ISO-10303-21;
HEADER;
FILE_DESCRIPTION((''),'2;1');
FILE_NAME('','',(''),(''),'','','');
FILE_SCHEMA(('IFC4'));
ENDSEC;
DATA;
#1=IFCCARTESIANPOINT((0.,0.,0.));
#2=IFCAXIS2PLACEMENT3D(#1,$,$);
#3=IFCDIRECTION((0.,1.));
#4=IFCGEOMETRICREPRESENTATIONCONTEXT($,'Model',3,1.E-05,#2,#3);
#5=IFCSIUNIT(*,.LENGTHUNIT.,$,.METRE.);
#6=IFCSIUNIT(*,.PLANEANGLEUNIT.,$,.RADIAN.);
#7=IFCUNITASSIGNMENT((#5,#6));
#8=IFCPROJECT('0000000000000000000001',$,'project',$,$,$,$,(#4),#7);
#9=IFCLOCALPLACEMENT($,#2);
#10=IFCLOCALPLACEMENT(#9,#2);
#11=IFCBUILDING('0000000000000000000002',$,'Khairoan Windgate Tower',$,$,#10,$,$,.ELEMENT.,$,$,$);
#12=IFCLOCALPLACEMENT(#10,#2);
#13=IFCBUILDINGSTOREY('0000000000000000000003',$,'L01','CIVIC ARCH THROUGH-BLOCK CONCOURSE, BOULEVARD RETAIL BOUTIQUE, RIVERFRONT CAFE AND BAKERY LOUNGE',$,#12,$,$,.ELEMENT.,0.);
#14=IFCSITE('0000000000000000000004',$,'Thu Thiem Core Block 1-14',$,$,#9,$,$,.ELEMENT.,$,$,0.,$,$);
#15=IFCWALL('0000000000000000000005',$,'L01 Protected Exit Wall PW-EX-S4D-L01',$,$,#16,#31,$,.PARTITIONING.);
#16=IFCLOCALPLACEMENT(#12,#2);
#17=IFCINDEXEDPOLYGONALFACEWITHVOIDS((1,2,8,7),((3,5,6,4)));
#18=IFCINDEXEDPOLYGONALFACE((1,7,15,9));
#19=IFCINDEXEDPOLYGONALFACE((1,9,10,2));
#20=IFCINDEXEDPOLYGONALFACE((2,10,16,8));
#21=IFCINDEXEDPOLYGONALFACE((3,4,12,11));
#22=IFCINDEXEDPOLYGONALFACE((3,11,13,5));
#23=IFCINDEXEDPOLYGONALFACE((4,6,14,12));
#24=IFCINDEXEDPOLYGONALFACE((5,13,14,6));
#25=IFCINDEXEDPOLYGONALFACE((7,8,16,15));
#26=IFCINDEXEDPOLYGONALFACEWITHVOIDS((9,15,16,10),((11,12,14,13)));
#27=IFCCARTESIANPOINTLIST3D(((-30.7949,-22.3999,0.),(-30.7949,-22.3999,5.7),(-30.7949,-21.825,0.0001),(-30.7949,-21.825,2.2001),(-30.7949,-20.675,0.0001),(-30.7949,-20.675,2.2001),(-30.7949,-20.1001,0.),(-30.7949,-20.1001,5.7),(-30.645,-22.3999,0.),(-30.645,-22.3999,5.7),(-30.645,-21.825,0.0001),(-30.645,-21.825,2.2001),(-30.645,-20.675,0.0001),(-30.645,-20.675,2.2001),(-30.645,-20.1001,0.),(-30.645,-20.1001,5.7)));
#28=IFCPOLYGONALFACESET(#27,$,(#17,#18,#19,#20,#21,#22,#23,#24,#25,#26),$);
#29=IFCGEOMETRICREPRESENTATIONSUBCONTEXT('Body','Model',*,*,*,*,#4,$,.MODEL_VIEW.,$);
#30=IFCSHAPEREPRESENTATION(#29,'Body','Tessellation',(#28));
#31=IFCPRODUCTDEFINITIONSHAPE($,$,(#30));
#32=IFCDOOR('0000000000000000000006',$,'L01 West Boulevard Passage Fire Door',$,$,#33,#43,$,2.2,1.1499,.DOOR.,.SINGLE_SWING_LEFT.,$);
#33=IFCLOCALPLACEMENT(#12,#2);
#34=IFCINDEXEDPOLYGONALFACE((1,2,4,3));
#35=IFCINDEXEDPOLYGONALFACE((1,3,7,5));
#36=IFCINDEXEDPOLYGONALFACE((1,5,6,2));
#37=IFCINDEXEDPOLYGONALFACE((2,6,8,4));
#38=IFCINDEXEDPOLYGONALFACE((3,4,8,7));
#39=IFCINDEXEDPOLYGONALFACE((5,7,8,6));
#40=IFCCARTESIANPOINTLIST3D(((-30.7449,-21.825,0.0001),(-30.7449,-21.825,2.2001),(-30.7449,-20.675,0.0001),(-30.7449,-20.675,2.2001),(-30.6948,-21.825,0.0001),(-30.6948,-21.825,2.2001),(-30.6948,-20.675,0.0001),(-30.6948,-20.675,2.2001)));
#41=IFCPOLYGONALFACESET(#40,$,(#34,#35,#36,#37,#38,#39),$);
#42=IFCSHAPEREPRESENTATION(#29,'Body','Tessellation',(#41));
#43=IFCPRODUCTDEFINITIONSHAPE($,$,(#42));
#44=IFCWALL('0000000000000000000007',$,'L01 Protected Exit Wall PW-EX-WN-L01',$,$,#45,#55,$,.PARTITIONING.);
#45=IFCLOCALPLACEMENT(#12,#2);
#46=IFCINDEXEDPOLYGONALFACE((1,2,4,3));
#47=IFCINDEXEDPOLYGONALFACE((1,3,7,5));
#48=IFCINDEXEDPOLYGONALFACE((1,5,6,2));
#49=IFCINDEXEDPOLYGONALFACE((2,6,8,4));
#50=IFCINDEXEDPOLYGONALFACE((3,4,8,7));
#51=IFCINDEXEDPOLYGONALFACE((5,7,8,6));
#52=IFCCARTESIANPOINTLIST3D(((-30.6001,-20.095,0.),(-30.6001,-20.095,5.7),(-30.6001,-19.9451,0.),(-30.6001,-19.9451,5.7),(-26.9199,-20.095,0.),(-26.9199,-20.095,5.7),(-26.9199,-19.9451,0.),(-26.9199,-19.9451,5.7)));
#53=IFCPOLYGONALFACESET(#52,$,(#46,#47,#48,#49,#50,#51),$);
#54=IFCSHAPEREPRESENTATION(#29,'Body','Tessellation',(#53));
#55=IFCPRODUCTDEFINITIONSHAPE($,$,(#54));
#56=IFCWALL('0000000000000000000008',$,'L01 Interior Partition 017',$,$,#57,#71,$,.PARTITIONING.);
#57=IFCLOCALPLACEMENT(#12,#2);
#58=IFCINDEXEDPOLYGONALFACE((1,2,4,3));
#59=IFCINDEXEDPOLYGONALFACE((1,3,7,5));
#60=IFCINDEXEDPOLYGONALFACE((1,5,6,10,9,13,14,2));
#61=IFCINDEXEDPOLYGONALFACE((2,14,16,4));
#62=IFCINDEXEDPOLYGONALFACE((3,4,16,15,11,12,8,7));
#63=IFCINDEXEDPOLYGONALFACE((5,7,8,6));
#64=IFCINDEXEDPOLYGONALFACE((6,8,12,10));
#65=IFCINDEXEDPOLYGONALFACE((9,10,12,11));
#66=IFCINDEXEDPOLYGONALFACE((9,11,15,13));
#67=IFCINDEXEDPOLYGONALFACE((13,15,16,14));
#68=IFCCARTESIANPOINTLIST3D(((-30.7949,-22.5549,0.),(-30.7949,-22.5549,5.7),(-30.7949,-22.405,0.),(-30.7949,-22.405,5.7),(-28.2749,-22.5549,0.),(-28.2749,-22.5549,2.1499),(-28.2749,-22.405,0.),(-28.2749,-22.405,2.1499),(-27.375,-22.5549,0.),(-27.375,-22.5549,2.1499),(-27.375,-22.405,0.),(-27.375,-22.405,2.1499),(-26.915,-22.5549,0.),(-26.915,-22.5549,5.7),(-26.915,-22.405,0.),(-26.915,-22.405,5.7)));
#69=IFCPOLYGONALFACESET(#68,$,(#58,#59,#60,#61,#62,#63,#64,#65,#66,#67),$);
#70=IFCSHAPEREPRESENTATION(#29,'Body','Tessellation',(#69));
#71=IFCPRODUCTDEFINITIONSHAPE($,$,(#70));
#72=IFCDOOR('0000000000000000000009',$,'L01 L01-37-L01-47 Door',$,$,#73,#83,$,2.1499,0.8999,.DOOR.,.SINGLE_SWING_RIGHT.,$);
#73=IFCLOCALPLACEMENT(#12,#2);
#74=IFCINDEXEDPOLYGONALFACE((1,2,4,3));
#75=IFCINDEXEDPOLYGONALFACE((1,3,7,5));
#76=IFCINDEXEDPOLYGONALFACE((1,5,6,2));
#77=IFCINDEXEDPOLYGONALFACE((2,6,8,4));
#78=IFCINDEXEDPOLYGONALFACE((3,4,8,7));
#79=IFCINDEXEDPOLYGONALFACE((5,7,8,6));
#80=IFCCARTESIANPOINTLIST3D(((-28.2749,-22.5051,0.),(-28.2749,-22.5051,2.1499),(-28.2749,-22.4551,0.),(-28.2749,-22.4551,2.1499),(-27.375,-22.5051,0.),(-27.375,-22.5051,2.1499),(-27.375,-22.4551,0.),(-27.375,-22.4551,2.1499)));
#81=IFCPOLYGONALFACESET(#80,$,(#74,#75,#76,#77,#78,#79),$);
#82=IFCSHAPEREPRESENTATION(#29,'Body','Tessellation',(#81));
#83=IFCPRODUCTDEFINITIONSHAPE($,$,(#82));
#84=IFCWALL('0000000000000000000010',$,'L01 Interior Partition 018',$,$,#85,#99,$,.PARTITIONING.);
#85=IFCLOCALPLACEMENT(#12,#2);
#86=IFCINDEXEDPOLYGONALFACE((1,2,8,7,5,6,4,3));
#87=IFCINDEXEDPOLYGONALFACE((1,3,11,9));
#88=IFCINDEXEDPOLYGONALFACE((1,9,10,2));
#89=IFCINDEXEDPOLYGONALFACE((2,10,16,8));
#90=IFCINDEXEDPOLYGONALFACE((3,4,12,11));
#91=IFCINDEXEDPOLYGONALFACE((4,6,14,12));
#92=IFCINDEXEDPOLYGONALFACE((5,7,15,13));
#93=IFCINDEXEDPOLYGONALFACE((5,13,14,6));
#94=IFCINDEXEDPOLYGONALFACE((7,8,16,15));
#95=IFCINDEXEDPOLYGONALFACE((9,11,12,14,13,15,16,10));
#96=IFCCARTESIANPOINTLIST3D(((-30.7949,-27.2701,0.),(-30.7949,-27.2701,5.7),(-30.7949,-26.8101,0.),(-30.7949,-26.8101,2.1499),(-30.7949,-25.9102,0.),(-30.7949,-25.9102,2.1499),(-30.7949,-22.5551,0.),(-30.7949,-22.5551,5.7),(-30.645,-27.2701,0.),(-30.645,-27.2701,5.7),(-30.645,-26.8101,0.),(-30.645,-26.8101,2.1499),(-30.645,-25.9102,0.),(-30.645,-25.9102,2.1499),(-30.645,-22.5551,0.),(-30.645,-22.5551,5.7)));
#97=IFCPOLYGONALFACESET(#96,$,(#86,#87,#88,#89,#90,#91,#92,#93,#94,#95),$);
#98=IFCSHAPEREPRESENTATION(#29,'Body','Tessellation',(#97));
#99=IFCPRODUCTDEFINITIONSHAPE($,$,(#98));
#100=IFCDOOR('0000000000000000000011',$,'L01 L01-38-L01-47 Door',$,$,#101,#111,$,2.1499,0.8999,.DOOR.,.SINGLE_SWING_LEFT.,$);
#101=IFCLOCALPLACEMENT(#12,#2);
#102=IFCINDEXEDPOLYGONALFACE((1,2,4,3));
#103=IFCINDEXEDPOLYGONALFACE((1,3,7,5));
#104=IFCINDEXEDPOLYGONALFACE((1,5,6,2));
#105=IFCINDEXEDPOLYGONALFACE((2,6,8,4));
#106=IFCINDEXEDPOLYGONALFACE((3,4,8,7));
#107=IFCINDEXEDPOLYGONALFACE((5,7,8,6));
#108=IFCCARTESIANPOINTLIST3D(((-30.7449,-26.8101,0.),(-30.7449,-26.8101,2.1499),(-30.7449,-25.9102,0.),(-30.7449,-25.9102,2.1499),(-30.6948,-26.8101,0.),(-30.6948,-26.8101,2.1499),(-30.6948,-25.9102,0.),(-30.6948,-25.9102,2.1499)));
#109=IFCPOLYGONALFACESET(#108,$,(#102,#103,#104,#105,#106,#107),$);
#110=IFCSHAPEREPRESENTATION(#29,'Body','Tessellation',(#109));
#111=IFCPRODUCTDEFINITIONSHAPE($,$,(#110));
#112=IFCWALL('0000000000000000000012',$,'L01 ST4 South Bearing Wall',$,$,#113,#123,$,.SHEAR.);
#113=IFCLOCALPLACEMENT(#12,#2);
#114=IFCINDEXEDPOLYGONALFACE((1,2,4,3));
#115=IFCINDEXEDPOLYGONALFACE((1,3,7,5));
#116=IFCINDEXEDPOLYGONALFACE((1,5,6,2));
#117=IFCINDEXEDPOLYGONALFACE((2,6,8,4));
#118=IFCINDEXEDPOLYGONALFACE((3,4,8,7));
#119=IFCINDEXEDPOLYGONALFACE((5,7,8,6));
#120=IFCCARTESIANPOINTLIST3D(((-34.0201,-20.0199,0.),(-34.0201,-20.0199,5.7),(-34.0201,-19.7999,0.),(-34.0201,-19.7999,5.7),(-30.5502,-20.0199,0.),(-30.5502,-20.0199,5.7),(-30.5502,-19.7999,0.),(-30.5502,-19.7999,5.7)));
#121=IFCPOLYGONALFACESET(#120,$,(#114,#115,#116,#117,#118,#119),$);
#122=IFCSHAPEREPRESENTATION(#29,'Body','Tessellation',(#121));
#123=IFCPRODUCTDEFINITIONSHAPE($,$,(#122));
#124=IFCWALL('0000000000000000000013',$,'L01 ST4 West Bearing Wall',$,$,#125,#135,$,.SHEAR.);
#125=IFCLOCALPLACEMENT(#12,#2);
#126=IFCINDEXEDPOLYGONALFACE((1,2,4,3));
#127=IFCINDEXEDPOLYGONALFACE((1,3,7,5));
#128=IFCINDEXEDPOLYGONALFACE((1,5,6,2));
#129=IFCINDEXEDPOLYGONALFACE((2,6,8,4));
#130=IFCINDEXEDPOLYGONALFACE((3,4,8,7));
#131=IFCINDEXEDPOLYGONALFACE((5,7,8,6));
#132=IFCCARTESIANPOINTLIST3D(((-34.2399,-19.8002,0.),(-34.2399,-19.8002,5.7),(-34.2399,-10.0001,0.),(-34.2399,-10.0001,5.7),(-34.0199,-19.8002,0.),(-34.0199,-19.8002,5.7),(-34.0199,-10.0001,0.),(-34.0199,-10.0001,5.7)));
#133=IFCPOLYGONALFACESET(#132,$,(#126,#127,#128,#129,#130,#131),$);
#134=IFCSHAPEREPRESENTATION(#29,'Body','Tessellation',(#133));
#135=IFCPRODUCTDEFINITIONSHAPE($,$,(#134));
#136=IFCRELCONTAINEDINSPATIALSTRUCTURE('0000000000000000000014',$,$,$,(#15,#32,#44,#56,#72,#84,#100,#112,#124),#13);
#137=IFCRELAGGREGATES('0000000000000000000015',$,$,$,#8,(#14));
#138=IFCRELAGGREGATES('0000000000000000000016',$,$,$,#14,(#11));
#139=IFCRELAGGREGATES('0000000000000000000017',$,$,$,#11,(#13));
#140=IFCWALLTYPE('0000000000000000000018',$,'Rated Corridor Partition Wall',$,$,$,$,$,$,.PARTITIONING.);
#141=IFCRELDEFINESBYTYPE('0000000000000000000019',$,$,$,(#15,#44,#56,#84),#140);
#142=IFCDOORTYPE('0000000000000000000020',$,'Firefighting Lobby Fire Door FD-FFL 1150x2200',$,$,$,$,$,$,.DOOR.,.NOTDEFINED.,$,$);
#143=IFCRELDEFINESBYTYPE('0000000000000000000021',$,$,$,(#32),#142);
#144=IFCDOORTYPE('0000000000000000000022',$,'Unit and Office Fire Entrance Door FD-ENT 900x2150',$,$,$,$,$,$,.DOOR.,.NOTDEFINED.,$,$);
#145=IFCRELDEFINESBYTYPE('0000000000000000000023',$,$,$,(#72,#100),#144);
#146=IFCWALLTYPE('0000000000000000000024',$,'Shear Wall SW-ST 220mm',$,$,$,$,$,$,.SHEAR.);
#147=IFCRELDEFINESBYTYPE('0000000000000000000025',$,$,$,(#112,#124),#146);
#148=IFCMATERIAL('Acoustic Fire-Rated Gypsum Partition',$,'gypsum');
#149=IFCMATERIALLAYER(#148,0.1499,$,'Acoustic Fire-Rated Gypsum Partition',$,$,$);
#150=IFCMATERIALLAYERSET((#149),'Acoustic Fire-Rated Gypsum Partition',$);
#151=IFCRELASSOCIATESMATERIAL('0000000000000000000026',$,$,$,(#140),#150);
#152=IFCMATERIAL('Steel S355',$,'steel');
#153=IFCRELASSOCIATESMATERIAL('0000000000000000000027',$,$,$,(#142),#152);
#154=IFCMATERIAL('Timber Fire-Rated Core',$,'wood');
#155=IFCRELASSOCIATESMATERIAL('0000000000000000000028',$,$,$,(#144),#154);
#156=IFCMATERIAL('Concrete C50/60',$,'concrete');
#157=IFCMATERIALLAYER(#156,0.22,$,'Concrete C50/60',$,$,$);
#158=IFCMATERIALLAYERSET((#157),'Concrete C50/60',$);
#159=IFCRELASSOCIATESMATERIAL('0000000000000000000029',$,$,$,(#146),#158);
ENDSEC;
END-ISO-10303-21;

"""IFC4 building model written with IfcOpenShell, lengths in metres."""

from ifc_helpers import new_model, si_unit, direction, frame, frame_2d, origin, place, context, subcontext, project, spatial, rectangle, extrude, material, layer, layer_set, type_object, element, fill, save


model = new_model("IFC4")

# Units and contexts
model_context = context("Model", 3, precision=1e-05, world=origin(), true_north=direction((0.0, 1.0)))
body_context = subcontext(model_context, "Body", "Model", "MODEL_VIEW")
ifc_project = project(units=[si_unit("LENGTHUNIT", "METRE"), si_unit("PLANEANGLEUNIT", "RADIAN")], contexts=[model_context])

# Site, building, storey
site_placement = place(None, origin())
site = spatial("IfcSite", under=ifc_project, at=site_placement, Name="Thu Thiem Core Block 1-14", CompositionType="ELEMENT", RefElevation=0.0)
building_placement = place(site_placement, origin())
building = spatial("IfcBuilding", under=site, at=building_placement, Name="Khairoan Windgate Tower", CompositionType="ELEMENT")
storey_placement = place(building_placement, origin())
storey = spatial("IfcBuildingStorey", under=building, at=storey_placement, Name="L01", Description="CIVIC ARCH THROUGH-BLOCK CONCOURSE, BOULEVARD RETAIL BOUTIQUE, RIVERFRONT CAFE AND BAKERY LOUNGE", CompositionType="ELEMENT", Elevation=0.0)

# Wall, opening, door
ifc_material_1 = material(Name="Acoustic Fire-Rated Gypsum Partition", Category="gypsum")
ifc_layer_1 = layer(ifc_material_1, 0.1499, Name="Acoustic Fire-Rated Gypsum Partition")
ifc_layer_set_1 = layer_set([ifc_layer_1], Name="Acoustic Fire-Rated Gypsum Partition")
wall_type_1 = type_object("IfcWallType", Name="Rated Corridor Partition Wall", PredefinedType="PARTITIONING", material=ifc_layer_set_1)
wall_1_placement = place(storey_placement, frame((-30.72, -22.3999, 0.0), z_axis=(0.0, 0.0, 1.0), x_axis=(0.0, 1.0, 0.0)))
wall_1 = element("IfcWall", 1, at=wall_1_placement, inside=storey, type_object=wall_type_1, Name="L01 Protected Exit Wall PW-EX-S4D-L01", PredefinedType="PARTITIONING", context=body_context, shape_type="SweptSolid", body=[
    extrude(rectangle(XDim=2.2998, YDim=0.1499, at=frame_2d((1.1499, 0.0))), origin(), (0.0, 0.0, 1.0), 5.7),
])
opening_1_placement = place(wall_1_placement, frame((0.575, 0.0, 0.0)))
opening_1 = element("IfcOpeningElement", 2, at=opening_1_placement, cuts=wall_1, PredefinedType="OPENING", context=body_context, shape_type="SweptSolid", body=[
    extrude(rectangle(XDim=1.1499, YDim=2.2, at=frame_2d((0.575, 1.1001))), frame((0.0, 0.085, 0.0), z_axis=(0.0, -1.0, 0.0), x_axis=(1.0, 0.0, 0.0)), (0.0, 0.0, 1.0), 0.1699),
])
ifc_material_2 = material(Name="Steel S355", Category="steel")
door_type_1 = type_object("IfcDoorType", Name="Firefighting Lobby Fire Door FD-FFL 1150x2200", OperationType="NOTDEFINED", PredefinedType="DOOR", material=ifc_material_2)
door_1_placement = place(opening_1_placement, origin())
door_1 = element("IfcDoor", 3, at=door_1_placement, inside=storey, type_object=door_type_1, Name="L01 West Boulevard Passage Fire Door", OperationType="SINGLE_SWING_LEFT", OverallHeight=2.2, OverallWidth=1.1499, PredefinedType="DOOR", context=body_context, shape_type="SweptSolid", body=[
    extrude(rectangle(XDim=1.1499, YDim=2.2, at=frame_2d((0.575, 1.1001))), frame((0.0, 0.0249, 0.0), z_axis=(0.0, -1.0, 0.0), x_axis=(1.0, 0.0, 0.0)), (0.0, 0.0, 1.0), 0.05),
])
fill(opening_1, door_1)

# Wall
wall_2_placement = place(storey_placement, frame((-30.6001, -20.02, 0.0), z_axis=(0.0, 0.0, 1.0), x_axis=(1.0, 0.0, 0.0)))
element("IfcWall", 4, at=wall_2_placement, inside=storey, type_object=wall_type_1, Name="L01 Protected Exit Wall PW-EX-WN-L01", PredefinedType="PARTITIONING", context=body_context, shape_type="SweptSolid", body=[
    extrude(rectangle(XDim=3.6802, YDim=0.1499, at=frame_2d((1.8401, 0.0))), origin(), (0.0, 0.0, 1.0), 5.7),
])

# Walls, openings, doors
wall_3_placement = place(storey_placement, frame((-30.7949, -22.48, 0.0), z_axis=(0.0, 0.0, 1.0), x_axis=(1.0, 0.0, 0.0)))
wall_3 = element("IfcWall", 5, at=wall_3_placement, inside=storey, type_object=wall_type_1, Name="L01 Interior Partition 017", PredefinedType="PARTITIONING", context=body_context, shape_type="SweptSolid", body=[
    extrude(rectangle(XDim=3.8799, YDim=0.1499, at=frame_2d((1.9399, 0.0))), origin(), (0.0, 0.0, 1.0), 5.7),
])
opening_2_placement = place(wall_3_placement, frame((2.52, 0.0, 0.0)))
opening_2 = element("IfcOpeningElement", 6, at=opening_2_placement, cuts=wall_3, PredefinedType="OPENING", context=body_context, shape_type="SweptSolid", body=[
    extrude(rectangle(XDim=0.8999, YDim=2.1499, at=frame_2d((0.45, 1.075))), frame((0.0, 0.085, 0.0), z_axis=(0.0, -1.0, 0.0), x_axis=(1.0, 0.0, 0.0)), (0.0, 0.0, 1.0), 0.1699),
])
ifc_material_3 = material(Name="Timber Fire-Rated Core", Category="wood")
door_type_2 = type_object("IfcDoorType", Name="Unit and Office Fire Entrance Door FD-ENT 900x2150", OperationType="NOTDEFINED", PredefinedType="DOOR", material=ifc_material_3)
door_2_placement = place(opening_2_placement, origin())
door_2 = element("IfcDoor", 7, at=door_2_placement, inside=storey, type_object=door_type_2, Name="L01 L01-37-L01-47 Door", OperationType="SINGLE_SWING_RIGHT", OverallHeight=2.1499, OverallWidth=0.8999, PredefinedType="DOOR", context=body_context, shape_type="SweptSolid", body=[
    extrude(rectangle(XDim=0.8999, YDim=2.1499, at=frame_2d((0.45, 1.075))), frame((0.0, 0.0249, 0.0), z_axis=(0.0, -1.0, 0.0), x_axis=(1.0, 0.0, 0.0)), (0.0, 0.0, 1.0), 0.05),
])
fill(opening_2, door_2)
wall_4_placement = place(storey_placement, frame((-30.72, -27.27, 0.0), z_axis=(0.0, 0.0, 1.0), x_axis=(0.0, 1.0, 0.0)))
wall_4 = element("IfcWall", 8, at=wall_4_placement, inside=storey, type_object=wall_type_1, Name="L01 Interior Partition 018", PredefinedType="PARTITIONING", context=body_context, shape_type="SweptSolid", body=[
    extrude(rectangle(XDim=4.7151, YDim=0.1499, at=frame_2d((2.3574, 0.0))), origin(), (0.0, 0.0, 1.0), 5.7),
])
opening_3_placement = place(wall_4_placement, frame((0.46, 0.0, 0.0)))
opening_3 = element("IfcOpeningElement", 9, at=opening_3_placement, cuts=wall_4, PredefinedType="OPENING", context=body_context, shape_type="SweptSolid", body=[
    extrude(rectangle(XDim=0.8999, YDim=2.1499, at=frame_2d((0.45, 1.075))), frame((0.0, 0.085, 0.0), z_axis=(0.0, -1.0, 0.0), x_axis=(1.0, 0.0, 0.0)), (0.0, 0.0, 1.0), 0.1699),
])
door_3_placement = place(opening_3_placement, origin())
door_3 = element("IfcDoor", 10, at=door_3_placement, inside=storey, type_object=door_type_2, Name="L01 L01-38-L01-47 Door", OperationType="SINGLE_SWING_LEFT", OverallHeight=2.1499, OverallWidth=0.8999, PredefinedType="DOOR", context=body_context, shape_type="SweptSolid", body=[
    extrude(rectangle(XDim=0.8999, YDim=2.1499, at=frame_2d((0.45, 1.075))), frame((0.0, 0.0249, 0.0), z_axis=(0.0, -1.0, 0.0), x_axis=(1.0, 0.0, 0.0)), (0.0, 0.0, 1.0), 0.05),
])
fill(opening_3, door_3)

# Walls
ifc_material_4 = material(Name="Concrete C50/60", Category="concrete")
ifc_layer_2 = layer(ifc_material_4, 0.22, Name="Concrete C50/60")
ifc_layer_set_2 = layer_set([ifc_layer_2], Name="Concrete C50/60")
wall_type_2 = type_object("IfcWallType", Name="Shear Wall SW-ST 220mm", PredefinedType="SHEAR", material=ifc_layer_set_2)
wall_5_placement = place(storey_placement, frame((-34.02, -19.9099, 0.0), z_axis=(0.0, 0.0, 1.0), x_axis=(1.0, 0.0, 0.0)))
element("IfcWall", 11, at=wall_5_placement, inside=storey, type_object=wall_type_2, Name="L01 ST4 South Bearing Wall", PredefinedType="SHEAR", context=body_context, shape_type="SweptSolid", body=[
    extrude(rectangle(XDim=3.47, YDim=0.22, at=frame_2d((1.7349, 0.0))), origin(), (0.0, 0.0, 1.0), 5.7),
])
wall_6_placement = place(storey_placement, frame((-34.1299, -19.8, 0.0), z_axis=(0.0, 0.0, 1.0), x_axis=(0.0, 1.0, 0.0)))
element("IfcWall", 12, at=wall_6_placement, inside=storey, type_object=wall_type_2, Name="L01 ST4 West Bearing Wall", PredefinedType="SHEAR", context=body_context, shape_type="SweptSolid", body=[
    extrude(rectangle(XDim=9.8, YDim=0.22, at=frame_2d((4.8999, 0.0))), origin(), (0.0, 0.0, 1.0), 5.7),
])

save(model, "model.ifc")
